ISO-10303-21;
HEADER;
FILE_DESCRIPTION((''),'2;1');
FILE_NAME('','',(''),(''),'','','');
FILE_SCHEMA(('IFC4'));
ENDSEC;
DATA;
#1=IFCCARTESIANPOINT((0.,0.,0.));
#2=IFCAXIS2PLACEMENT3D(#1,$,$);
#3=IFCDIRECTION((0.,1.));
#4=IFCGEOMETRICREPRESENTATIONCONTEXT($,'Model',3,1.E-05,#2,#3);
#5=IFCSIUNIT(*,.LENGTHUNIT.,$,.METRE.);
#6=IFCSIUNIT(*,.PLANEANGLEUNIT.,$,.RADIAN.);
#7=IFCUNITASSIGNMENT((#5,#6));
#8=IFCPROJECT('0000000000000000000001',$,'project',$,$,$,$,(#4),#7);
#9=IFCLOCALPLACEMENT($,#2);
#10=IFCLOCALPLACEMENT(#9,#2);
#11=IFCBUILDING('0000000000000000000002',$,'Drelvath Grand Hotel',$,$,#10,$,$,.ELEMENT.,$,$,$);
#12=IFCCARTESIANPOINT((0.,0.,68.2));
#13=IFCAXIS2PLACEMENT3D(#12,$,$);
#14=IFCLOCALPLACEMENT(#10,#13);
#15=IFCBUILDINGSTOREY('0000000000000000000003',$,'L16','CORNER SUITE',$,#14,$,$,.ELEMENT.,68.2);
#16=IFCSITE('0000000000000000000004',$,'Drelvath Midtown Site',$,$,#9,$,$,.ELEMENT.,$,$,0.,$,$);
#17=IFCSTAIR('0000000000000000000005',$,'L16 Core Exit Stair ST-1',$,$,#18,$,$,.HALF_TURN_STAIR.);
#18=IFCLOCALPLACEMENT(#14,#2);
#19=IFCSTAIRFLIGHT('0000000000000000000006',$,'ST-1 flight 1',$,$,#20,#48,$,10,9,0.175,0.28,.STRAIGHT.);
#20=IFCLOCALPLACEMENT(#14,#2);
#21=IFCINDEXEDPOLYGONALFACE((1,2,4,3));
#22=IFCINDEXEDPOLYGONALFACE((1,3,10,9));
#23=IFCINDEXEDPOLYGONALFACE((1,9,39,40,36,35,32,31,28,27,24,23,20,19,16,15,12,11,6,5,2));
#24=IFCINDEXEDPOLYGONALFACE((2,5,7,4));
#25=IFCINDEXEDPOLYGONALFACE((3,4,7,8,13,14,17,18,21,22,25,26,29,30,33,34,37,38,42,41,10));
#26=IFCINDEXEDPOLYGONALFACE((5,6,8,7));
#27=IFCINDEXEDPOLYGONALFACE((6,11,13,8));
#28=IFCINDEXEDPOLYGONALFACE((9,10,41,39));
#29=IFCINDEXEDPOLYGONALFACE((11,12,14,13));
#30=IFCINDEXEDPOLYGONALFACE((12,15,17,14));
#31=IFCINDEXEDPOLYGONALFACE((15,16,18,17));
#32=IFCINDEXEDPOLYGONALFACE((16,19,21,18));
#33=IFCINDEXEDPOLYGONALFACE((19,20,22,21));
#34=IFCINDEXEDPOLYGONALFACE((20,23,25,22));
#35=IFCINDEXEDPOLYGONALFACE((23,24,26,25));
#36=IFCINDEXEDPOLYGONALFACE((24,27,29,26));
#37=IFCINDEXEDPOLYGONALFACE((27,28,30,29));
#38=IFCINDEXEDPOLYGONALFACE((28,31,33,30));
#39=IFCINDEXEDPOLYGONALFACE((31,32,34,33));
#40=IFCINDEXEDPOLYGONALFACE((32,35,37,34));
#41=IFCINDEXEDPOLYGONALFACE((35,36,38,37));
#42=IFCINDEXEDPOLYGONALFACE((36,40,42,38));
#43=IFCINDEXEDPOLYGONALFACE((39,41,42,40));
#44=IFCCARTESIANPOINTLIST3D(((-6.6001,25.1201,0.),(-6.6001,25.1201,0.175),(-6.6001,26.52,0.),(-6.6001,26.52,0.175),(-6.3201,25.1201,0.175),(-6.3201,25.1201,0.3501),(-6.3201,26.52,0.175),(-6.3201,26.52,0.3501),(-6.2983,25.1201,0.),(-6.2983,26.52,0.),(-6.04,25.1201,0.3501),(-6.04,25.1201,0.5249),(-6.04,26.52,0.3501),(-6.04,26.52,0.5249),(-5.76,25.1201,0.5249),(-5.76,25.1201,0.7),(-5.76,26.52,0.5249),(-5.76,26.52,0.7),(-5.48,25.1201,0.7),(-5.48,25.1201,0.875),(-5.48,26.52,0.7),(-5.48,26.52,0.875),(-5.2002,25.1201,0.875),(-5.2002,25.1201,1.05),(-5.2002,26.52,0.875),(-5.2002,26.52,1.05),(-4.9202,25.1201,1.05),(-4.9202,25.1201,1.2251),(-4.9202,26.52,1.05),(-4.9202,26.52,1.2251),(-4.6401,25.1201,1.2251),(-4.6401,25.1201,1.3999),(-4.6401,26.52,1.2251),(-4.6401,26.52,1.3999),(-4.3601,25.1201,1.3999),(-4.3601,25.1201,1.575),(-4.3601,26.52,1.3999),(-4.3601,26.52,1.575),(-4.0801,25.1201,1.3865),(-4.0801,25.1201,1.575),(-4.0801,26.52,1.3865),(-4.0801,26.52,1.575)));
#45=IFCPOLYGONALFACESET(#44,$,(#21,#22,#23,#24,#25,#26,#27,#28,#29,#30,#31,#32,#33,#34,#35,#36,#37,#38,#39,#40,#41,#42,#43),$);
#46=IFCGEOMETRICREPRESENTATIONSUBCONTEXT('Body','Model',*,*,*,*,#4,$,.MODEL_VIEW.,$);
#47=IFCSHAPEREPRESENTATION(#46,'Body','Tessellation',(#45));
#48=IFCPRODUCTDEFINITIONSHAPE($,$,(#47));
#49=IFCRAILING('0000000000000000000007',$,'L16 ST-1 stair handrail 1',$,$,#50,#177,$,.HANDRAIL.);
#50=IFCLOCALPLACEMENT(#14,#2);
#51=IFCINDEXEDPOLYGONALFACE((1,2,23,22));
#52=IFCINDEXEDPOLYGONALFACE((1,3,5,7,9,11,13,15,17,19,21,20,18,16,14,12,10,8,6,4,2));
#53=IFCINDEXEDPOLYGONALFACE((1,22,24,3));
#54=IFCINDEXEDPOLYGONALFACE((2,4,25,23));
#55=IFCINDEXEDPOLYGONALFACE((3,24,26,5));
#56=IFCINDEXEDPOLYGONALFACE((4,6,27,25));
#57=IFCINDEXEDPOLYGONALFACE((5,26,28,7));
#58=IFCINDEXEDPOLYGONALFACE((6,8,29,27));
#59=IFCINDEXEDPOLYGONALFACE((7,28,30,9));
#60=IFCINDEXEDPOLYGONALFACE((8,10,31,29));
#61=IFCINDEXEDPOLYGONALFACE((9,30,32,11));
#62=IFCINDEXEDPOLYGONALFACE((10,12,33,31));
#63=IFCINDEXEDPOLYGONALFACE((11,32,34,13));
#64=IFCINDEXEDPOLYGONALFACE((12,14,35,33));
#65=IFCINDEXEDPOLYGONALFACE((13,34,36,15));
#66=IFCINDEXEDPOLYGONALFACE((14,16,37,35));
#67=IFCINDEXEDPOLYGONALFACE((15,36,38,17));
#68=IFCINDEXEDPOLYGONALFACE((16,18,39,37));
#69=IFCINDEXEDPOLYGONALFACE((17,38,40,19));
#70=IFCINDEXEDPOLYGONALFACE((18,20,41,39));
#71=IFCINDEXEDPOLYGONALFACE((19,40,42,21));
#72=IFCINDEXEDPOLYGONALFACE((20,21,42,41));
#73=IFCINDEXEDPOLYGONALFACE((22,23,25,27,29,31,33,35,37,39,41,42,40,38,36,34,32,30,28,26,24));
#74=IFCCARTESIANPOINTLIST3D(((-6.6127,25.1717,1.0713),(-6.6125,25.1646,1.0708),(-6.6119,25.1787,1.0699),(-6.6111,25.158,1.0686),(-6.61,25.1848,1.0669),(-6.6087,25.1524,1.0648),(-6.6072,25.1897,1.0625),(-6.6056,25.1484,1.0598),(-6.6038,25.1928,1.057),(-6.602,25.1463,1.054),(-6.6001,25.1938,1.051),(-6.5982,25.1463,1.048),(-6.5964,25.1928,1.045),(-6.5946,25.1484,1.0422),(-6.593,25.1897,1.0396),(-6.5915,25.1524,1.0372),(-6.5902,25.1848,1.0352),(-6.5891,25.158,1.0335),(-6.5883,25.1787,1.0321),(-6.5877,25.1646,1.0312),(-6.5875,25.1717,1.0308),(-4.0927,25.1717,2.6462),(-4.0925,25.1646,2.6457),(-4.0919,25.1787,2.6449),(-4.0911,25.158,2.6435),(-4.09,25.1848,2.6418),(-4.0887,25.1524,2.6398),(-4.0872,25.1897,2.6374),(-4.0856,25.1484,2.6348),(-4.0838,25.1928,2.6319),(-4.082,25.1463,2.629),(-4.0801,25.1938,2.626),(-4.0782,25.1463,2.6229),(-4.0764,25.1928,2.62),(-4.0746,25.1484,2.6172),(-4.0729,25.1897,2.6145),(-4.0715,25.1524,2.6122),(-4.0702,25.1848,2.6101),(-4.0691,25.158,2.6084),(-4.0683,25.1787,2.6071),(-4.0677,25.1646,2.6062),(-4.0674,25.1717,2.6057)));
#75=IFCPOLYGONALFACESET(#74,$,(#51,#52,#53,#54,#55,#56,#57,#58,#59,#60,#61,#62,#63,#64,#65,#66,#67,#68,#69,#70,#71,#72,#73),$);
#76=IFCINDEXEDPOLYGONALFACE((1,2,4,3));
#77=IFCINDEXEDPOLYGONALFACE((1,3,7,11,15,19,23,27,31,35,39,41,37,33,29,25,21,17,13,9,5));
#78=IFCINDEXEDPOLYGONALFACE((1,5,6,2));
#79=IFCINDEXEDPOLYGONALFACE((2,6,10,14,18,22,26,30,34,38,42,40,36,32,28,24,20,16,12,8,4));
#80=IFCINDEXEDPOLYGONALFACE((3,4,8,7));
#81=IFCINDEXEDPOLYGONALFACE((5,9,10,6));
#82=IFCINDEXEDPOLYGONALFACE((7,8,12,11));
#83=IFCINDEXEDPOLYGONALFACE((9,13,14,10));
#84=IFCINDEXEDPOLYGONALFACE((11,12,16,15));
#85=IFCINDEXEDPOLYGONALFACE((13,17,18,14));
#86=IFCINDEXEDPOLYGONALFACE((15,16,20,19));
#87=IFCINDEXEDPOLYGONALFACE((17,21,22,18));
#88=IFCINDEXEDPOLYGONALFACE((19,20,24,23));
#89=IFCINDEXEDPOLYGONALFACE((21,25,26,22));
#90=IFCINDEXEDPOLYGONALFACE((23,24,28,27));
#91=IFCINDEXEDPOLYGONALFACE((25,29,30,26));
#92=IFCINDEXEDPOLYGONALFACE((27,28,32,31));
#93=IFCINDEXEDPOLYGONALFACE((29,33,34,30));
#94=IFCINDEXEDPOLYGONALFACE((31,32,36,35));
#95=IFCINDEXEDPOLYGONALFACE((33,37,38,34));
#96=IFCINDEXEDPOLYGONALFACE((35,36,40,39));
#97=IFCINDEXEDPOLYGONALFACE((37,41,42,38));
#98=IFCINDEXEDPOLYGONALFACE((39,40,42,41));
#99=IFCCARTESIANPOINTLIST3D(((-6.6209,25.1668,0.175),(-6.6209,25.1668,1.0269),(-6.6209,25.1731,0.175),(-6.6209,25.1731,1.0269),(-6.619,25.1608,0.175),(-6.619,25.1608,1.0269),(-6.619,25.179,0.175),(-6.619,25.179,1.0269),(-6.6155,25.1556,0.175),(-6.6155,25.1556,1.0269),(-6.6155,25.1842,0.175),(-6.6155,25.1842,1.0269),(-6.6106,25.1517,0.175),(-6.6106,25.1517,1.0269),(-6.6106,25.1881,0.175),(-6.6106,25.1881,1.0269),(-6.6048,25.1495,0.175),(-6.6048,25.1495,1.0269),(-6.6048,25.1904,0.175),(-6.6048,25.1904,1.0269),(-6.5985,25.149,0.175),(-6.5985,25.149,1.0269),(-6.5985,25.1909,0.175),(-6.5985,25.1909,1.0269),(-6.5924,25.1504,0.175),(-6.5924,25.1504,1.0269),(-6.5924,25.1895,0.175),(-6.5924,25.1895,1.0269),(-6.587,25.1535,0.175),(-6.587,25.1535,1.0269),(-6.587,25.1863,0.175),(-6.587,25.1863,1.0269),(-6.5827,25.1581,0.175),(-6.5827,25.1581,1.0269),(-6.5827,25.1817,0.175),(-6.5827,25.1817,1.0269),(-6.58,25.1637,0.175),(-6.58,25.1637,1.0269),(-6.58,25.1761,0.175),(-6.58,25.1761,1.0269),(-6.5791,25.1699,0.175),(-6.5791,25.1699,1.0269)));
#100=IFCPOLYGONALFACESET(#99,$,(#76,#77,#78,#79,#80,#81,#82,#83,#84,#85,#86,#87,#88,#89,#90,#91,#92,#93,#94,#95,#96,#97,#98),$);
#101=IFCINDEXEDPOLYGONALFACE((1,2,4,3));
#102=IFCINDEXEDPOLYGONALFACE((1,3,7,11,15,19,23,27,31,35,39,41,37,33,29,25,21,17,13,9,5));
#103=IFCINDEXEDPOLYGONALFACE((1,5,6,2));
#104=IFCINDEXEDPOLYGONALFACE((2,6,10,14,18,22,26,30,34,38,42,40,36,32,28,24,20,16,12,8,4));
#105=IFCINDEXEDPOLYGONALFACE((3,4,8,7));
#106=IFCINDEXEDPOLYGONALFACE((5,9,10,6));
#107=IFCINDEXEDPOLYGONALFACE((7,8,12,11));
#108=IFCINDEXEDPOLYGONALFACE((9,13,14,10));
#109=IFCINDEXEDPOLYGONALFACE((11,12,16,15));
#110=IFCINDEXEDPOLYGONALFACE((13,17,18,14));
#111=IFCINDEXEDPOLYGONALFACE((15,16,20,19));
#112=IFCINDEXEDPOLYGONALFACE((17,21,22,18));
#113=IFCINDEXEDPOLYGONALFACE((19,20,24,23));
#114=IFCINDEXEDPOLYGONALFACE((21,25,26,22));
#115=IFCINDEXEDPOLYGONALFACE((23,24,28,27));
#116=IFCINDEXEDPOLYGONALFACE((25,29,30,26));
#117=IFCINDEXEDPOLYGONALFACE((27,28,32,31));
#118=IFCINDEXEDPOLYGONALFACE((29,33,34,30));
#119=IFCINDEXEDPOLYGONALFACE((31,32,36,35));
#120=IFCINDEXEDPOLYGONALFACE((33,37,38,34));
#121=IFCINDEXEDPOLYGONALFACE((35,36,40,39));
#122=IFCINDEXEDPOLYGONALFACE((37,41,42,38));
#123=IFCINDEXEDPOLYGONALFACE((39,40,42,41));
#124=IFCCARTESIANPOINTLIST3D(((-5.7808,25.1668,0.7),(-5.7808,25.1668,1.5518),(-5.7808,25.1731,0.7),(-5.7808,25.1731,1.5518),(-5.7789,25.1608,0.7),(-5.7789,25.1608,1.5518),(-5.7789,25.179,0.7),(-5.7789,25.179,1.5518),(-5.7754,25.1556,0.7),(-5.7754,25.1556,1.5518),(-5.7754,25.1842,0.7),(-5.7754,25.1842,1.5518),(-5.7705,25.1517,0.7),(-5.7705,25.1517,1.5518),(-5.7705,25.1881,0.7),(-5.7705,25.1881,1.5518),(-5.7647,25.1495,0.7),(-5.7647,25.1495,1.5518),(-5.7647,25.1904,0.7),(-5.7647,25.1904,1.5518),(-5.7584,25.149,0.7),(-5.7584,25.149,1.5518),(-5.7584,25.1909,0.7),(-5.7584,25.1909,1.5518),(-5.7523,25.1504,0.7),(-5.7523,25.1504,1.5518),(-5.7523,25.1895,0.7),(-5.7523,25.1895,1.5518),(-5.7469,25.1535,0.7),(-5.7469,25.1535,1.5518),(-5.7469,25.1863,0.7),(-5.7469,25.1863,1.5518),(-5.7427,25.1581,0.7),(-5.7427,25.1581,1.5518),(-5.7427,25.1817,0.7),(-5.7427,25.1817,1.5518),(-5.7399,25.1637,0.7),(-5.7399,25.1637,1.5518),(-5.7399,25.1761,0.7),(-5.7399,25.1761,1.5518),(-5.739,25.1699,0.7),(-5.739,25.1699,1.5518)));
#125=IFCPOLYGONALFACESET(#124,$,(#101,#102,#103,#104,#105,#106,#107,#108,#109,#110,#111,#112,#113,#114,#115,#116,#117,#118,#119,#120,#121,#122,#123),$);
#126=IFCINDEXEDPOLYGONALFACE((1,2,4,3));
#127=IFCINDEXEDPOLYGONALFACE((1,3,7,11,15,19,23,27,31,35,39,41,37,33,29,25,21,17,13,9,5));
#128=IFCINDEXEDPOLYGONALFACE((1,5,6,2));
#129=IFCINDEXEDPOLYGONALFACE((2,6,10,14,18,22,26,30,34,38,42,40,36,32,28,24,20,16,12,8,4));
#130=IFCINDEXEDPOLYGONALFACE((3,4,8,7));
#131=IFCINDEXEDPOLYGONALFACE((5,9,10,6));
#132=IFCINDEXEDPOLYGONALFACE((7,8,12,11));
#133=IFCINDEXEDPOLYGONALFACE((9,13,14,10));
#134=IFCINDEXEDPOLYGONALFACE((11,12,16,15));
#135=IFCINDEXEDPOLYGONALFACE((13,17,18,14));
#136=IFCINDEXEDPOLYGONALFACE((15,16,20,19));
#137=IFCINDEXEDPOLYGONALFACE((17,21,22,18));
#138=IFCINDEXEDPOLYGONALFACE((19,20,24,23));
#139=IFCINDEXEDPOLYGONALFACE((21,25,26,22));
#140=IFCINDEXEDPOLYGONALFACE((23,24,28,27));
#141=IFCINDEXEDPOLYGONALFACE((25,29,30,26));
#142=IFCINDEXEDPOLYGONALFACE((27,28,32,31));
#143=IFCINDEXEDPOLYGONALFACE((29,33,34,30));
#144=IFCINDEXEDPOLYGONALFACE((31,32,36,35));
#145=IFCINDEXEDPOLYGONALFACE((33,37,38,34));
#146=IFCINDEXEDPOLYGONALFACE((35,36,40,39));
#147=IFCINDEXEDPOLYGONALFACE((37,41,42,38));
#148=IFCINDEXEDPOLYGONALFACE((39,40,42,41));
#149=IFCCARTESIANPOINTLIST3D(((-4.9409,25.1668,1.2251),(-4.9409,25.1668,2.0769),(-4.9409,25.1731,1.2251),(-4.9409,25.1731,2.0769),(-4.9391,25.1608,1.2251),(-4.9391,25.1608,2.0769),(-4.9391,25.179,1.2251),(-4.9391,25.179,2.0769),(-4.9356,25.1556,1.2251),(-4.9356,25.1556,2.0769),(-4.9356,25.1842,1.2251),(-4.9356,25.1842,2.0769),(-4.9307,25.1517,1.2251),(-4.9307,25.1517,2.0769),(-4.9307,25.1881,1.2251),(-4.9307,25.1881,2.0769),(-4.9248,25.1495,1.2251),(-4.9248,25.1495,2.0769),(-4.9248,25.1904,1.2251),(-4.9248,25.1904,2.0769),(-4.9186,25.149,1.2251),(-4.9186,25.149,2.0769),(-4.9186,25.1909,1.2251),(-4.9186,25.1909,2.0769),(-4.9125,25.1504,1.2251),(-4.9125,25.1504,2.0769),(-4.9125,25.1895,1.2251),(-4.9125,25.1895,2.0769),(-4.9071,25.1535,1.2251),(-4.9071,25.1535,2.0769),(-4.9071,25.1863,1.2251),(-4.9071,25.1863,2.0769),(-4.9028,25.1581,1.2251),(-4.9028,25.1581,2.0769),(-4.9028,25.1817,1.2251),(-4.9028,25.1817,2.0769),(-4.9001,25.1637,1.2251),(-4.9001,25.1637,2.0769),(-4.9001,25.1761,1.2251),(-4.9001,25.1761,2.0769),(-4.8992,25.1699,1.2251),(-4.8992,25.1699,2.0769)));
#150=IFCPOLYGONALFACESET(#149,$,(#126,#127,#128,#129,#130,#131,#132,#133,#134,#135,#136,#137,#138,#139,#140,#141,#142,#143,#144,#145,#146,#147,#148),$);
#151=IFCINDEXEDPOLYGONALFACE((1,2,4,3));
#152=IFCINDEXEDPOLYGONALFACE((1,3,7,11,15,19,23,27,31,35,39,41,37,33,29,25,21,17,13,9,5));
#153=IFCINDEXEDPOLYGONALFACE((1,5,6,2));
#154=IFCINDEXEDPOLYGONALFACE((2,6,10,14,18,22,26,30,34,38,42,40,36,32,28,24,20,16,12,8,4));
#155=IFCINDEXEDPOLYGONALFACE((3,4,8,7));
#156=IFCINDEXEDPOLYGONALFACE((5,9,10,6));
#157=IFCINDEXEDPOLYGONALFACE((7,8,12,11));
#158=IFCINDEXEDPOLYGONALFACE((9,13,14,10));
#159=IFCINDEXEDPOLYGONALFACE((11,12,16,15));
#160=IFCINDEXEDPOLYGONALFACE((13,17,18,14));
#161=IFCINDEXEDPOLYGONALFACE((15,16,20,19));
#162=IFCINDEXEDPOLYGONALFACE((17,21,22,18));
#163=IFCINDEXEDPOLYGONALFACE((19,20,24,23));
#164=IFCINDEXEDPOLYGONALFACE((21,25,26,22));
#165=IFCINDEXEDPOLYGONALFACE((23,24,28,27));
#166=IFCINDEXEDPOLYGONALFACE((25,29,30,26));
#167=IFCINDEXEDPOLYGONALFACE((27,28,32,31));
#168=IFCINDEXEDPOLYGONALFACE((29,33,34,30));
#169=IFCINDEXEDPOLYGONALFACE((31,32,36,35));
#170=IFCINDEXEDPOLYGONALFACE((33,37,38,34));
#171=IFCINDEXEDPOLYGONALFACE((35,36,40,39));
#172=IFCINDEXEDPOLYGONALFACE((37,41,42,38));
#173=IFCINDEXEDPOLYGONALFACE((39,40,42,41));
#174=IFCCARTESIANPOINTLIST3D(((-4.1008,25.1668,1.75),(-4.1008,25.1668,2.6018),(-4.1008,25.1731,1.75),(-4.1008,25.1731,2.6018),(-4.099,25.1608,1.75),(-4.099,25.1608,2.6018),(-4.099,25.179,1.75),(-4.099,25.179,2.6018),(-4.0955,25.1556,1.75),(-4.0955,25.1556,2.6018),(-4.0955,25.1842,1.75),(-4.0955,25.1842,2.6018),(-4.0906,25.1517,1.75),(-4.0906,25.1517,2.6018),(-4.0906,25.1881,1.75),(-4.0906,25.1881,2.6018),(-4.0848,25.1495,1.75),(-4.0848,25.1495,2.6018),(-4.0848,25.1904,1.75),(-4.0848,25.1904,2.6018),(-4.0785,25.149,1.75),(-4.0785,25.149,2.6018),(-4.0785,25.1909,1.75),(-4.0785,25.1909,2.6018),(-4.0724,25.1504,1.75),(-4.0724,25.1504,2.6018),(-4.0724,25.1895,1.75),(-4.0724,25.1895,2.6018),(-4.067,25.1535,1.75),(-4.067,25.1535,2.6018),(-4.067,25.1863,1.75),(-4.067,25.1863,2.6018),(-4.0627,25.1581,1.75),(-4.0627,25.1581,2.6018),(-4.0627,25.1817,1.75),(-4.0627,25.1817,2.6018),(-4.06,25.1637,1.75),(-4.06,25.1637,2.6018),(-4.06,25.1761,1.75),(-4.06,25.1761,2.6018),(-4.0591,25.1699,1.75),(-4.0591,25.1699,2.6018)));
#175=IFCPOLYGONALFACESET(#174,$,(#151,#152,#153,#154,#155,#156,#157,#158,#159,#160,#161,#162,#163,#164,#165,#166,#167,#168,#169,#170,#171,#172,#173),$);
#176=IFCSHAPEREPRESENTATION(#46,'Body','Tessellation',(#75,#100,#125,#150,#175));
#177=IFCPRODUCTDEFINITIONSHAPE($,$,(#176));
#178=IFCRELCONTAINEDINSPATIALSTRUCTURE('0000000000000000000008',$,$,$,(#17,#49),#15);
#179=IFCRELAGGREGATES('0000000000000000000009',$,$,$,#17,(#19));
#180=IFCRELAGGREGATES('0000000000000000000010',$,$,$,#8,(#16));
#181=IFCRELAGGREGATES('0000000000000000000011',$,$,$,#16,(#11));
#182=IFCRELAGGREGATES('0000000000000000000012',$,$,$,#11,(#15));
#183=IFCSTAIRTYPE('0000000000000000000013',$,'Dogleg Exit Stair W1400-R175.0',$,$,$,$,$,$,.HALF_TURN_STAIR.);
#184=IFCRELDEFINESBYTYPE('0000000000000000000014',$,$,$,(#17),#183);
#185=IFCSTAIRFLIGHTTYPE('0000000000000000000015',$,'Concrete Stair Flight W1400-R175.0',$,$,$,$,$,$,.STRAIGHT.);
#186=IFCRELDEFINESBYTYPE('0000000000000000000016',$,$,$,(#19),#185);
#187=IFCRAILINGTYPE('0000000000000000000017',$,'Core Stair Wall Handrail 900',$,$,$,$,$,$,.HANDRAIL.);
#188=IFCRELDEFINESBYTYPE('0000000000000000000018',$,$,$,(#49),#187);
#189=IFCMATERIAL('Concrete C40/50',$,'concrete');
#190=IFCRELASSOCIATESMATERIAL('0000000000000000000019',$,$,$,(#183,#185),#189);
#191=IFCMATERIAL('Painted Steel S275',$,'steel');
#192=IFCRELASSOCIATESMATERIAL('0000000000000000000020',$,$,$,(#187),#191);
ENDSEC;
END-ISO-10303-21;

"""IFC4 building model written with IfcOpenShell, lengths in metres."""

from ifc_helpers import new_model, si_unit, direction, frame, origin, origin_2d, place, context, subcontext, project, spatial, polyline, circle, outline, extrude, material, type_object, element, aggregate, save


model = new_model("IFC4")

# Units and contexts
model_context = context("Model", 3, precision=1e-05, world=origin(), true_north=direction((0.0, 1.0)))
body_context = subcontext(model_context, "Body", "Model", "MODEL_VIEW")
ifc_project = project(units=[si_unit("LENGTHUNIT", "METRE"), si_unit("PLANEANGLEUNIT", "RADIAN")], contexts=[model_context])

# Site, building, storey
site_placement = place(None, origin())
site = spatial("IfcSite", under=ifc_project, at=site_placement, Name="Drelvath Midtown Site", CompositionType="ELEMENT", RefElevation=0.0)
building_placement = place(site_placement, origin())
building = spatial("IfcBuilding", under=site, at=building_placement, Name="Drelvath Grand Hotel", CompositionType="ELEMENT")
storey_placement = place(building_placement, frame((0.0, 0.0, 68.2)))
storey = spatial("IfcBuildingStorey", under=building, at=storey_placement, Name="L16", Description="CORNER SUITE", CompositionType="ELEMENT", Elevation=68.2)

# Shared definitions
ifc_material_1 = material(Name="Concrete C40/50", Category="concrete")

# Shared definitions
ifc_material_2 = material(Name="Painted Steel S275", Category="steel")

# Stair, stair flight
stair_type = type_object("IfcStairType", Name="Dogleg Exit Stair W1400-R175.0", PredefinedType="HALF_TURN_STAIR", material=ifc_material_1)
stair_placement = place(storey_placement, origin())
stair = element("IfcStair", 1, at=stair_placement, inside=storey, type_object=stair_type, Name="L16 Core Exit Stair ST-1", PredefinedType="HALF_TURN_STAIR")
stair_flight_type = type_object("IfcStairFlightType", Name="Concrete Stair Flight W1400-R175.0", PredefinedType="STRAIGHT", material=ifc_material_1)
stair_flight_placement = place(storey_placement, frame((-6.6001, 25.8201, 0.0), z_axis=(0.0, 0.0, 1.0), x_axis=(1.0, 0.0, 0.0)))
stair_flight = element("IfcStairFlight", 2, at=stair_flight_placement, type_object=stair_flight_type, Name="ST-1 flight 1", NumberOfRisers=10, NumberOfTreads=9, PredefinedType="STRAIGHT", RiserHeight=0.175, TreadLength=0.28, context=body_context, shape_type="SweptSolid", body=[
    extrude(outline(polyline([(0.0, 0.0), (0.0, 0.175), (0.28, 0.175), (0.28, 0.3501), (0.5601, 0.3501), (0.5601, 0.5249), (0.8401, 0.5249), (0.8401, 0.7), (1.1201, 0.7), (1.1201, 0.875), (1.3999, 0.875), (1.3999, 1.05), (1.6799, 1.05), (1.6799, 1.2251), (1.96, 1.2251), (1.96, 1.3999), (2.24, 1.3999), (2.24, 1.575), (2.52, 1.575), (2.52, 1.75), (2.52, 1.3865), (0.3018, 0.0), (0.0, 0.0)])), frame((0.0, 0.7, 0.0), z_axis=(0.0, -1.0, 0.0), x_axis=(1.0, 0.0, 0.0)), (0.0, 0.0, 1.0), 1.3999),
])
aggregate(stair, [stair_flight])

# Railing
railing_type_1 = type_object("IfcRailingType", Name="Core Stair Wall Handrail 900", PredefinedType="HANDRAIL", material=ifc_material_2)
railing_1_placement = place(storey_placement, frame((-6.6001, 25.1699, 0.175)))
element("IfcRailing", 3, at=railing_1_placement, inside=storey, type_object=railing_type_1, Name="L16 ST-1 stair handrail 1", PredefinedType="HANDRAIL", context=body_context, shape_type="SweptSolid", body=[
    extrude(circle(Radius=0.0239, at=origin_2d()), frame((0.0, 0.0, 0.876), z_axis=(0.848008, 0.0, 0.529984), x_axis=(0.0, 1.0, 0.0)), (0.0, 0.0, 1.0), 2.9717),
    extrude(circle(Radius=0.021, at=origin_2d()), origin(), (0.0, 0.0, 1.0), 0.8518),
    extrude(circle(Radius=0.021, at=origin_2d()), frame((0.8401, 0.0, 0.5249)), (0.0, 0.0, 1.0), 0.8518),
    extrude(circle(Radius=0.021, at=origin_2d()), frame((1.6799, 0.0, 1.05)), (0.0, 0.0, 1.0), 0.8518),
    extrude(circle(Radius=0.021, at=origin_2d()), frame((2.52, 0.0, 1.575)), (0.0, 0.0, 1.0), 0.8518),
])

save(model, "model.ifc")
